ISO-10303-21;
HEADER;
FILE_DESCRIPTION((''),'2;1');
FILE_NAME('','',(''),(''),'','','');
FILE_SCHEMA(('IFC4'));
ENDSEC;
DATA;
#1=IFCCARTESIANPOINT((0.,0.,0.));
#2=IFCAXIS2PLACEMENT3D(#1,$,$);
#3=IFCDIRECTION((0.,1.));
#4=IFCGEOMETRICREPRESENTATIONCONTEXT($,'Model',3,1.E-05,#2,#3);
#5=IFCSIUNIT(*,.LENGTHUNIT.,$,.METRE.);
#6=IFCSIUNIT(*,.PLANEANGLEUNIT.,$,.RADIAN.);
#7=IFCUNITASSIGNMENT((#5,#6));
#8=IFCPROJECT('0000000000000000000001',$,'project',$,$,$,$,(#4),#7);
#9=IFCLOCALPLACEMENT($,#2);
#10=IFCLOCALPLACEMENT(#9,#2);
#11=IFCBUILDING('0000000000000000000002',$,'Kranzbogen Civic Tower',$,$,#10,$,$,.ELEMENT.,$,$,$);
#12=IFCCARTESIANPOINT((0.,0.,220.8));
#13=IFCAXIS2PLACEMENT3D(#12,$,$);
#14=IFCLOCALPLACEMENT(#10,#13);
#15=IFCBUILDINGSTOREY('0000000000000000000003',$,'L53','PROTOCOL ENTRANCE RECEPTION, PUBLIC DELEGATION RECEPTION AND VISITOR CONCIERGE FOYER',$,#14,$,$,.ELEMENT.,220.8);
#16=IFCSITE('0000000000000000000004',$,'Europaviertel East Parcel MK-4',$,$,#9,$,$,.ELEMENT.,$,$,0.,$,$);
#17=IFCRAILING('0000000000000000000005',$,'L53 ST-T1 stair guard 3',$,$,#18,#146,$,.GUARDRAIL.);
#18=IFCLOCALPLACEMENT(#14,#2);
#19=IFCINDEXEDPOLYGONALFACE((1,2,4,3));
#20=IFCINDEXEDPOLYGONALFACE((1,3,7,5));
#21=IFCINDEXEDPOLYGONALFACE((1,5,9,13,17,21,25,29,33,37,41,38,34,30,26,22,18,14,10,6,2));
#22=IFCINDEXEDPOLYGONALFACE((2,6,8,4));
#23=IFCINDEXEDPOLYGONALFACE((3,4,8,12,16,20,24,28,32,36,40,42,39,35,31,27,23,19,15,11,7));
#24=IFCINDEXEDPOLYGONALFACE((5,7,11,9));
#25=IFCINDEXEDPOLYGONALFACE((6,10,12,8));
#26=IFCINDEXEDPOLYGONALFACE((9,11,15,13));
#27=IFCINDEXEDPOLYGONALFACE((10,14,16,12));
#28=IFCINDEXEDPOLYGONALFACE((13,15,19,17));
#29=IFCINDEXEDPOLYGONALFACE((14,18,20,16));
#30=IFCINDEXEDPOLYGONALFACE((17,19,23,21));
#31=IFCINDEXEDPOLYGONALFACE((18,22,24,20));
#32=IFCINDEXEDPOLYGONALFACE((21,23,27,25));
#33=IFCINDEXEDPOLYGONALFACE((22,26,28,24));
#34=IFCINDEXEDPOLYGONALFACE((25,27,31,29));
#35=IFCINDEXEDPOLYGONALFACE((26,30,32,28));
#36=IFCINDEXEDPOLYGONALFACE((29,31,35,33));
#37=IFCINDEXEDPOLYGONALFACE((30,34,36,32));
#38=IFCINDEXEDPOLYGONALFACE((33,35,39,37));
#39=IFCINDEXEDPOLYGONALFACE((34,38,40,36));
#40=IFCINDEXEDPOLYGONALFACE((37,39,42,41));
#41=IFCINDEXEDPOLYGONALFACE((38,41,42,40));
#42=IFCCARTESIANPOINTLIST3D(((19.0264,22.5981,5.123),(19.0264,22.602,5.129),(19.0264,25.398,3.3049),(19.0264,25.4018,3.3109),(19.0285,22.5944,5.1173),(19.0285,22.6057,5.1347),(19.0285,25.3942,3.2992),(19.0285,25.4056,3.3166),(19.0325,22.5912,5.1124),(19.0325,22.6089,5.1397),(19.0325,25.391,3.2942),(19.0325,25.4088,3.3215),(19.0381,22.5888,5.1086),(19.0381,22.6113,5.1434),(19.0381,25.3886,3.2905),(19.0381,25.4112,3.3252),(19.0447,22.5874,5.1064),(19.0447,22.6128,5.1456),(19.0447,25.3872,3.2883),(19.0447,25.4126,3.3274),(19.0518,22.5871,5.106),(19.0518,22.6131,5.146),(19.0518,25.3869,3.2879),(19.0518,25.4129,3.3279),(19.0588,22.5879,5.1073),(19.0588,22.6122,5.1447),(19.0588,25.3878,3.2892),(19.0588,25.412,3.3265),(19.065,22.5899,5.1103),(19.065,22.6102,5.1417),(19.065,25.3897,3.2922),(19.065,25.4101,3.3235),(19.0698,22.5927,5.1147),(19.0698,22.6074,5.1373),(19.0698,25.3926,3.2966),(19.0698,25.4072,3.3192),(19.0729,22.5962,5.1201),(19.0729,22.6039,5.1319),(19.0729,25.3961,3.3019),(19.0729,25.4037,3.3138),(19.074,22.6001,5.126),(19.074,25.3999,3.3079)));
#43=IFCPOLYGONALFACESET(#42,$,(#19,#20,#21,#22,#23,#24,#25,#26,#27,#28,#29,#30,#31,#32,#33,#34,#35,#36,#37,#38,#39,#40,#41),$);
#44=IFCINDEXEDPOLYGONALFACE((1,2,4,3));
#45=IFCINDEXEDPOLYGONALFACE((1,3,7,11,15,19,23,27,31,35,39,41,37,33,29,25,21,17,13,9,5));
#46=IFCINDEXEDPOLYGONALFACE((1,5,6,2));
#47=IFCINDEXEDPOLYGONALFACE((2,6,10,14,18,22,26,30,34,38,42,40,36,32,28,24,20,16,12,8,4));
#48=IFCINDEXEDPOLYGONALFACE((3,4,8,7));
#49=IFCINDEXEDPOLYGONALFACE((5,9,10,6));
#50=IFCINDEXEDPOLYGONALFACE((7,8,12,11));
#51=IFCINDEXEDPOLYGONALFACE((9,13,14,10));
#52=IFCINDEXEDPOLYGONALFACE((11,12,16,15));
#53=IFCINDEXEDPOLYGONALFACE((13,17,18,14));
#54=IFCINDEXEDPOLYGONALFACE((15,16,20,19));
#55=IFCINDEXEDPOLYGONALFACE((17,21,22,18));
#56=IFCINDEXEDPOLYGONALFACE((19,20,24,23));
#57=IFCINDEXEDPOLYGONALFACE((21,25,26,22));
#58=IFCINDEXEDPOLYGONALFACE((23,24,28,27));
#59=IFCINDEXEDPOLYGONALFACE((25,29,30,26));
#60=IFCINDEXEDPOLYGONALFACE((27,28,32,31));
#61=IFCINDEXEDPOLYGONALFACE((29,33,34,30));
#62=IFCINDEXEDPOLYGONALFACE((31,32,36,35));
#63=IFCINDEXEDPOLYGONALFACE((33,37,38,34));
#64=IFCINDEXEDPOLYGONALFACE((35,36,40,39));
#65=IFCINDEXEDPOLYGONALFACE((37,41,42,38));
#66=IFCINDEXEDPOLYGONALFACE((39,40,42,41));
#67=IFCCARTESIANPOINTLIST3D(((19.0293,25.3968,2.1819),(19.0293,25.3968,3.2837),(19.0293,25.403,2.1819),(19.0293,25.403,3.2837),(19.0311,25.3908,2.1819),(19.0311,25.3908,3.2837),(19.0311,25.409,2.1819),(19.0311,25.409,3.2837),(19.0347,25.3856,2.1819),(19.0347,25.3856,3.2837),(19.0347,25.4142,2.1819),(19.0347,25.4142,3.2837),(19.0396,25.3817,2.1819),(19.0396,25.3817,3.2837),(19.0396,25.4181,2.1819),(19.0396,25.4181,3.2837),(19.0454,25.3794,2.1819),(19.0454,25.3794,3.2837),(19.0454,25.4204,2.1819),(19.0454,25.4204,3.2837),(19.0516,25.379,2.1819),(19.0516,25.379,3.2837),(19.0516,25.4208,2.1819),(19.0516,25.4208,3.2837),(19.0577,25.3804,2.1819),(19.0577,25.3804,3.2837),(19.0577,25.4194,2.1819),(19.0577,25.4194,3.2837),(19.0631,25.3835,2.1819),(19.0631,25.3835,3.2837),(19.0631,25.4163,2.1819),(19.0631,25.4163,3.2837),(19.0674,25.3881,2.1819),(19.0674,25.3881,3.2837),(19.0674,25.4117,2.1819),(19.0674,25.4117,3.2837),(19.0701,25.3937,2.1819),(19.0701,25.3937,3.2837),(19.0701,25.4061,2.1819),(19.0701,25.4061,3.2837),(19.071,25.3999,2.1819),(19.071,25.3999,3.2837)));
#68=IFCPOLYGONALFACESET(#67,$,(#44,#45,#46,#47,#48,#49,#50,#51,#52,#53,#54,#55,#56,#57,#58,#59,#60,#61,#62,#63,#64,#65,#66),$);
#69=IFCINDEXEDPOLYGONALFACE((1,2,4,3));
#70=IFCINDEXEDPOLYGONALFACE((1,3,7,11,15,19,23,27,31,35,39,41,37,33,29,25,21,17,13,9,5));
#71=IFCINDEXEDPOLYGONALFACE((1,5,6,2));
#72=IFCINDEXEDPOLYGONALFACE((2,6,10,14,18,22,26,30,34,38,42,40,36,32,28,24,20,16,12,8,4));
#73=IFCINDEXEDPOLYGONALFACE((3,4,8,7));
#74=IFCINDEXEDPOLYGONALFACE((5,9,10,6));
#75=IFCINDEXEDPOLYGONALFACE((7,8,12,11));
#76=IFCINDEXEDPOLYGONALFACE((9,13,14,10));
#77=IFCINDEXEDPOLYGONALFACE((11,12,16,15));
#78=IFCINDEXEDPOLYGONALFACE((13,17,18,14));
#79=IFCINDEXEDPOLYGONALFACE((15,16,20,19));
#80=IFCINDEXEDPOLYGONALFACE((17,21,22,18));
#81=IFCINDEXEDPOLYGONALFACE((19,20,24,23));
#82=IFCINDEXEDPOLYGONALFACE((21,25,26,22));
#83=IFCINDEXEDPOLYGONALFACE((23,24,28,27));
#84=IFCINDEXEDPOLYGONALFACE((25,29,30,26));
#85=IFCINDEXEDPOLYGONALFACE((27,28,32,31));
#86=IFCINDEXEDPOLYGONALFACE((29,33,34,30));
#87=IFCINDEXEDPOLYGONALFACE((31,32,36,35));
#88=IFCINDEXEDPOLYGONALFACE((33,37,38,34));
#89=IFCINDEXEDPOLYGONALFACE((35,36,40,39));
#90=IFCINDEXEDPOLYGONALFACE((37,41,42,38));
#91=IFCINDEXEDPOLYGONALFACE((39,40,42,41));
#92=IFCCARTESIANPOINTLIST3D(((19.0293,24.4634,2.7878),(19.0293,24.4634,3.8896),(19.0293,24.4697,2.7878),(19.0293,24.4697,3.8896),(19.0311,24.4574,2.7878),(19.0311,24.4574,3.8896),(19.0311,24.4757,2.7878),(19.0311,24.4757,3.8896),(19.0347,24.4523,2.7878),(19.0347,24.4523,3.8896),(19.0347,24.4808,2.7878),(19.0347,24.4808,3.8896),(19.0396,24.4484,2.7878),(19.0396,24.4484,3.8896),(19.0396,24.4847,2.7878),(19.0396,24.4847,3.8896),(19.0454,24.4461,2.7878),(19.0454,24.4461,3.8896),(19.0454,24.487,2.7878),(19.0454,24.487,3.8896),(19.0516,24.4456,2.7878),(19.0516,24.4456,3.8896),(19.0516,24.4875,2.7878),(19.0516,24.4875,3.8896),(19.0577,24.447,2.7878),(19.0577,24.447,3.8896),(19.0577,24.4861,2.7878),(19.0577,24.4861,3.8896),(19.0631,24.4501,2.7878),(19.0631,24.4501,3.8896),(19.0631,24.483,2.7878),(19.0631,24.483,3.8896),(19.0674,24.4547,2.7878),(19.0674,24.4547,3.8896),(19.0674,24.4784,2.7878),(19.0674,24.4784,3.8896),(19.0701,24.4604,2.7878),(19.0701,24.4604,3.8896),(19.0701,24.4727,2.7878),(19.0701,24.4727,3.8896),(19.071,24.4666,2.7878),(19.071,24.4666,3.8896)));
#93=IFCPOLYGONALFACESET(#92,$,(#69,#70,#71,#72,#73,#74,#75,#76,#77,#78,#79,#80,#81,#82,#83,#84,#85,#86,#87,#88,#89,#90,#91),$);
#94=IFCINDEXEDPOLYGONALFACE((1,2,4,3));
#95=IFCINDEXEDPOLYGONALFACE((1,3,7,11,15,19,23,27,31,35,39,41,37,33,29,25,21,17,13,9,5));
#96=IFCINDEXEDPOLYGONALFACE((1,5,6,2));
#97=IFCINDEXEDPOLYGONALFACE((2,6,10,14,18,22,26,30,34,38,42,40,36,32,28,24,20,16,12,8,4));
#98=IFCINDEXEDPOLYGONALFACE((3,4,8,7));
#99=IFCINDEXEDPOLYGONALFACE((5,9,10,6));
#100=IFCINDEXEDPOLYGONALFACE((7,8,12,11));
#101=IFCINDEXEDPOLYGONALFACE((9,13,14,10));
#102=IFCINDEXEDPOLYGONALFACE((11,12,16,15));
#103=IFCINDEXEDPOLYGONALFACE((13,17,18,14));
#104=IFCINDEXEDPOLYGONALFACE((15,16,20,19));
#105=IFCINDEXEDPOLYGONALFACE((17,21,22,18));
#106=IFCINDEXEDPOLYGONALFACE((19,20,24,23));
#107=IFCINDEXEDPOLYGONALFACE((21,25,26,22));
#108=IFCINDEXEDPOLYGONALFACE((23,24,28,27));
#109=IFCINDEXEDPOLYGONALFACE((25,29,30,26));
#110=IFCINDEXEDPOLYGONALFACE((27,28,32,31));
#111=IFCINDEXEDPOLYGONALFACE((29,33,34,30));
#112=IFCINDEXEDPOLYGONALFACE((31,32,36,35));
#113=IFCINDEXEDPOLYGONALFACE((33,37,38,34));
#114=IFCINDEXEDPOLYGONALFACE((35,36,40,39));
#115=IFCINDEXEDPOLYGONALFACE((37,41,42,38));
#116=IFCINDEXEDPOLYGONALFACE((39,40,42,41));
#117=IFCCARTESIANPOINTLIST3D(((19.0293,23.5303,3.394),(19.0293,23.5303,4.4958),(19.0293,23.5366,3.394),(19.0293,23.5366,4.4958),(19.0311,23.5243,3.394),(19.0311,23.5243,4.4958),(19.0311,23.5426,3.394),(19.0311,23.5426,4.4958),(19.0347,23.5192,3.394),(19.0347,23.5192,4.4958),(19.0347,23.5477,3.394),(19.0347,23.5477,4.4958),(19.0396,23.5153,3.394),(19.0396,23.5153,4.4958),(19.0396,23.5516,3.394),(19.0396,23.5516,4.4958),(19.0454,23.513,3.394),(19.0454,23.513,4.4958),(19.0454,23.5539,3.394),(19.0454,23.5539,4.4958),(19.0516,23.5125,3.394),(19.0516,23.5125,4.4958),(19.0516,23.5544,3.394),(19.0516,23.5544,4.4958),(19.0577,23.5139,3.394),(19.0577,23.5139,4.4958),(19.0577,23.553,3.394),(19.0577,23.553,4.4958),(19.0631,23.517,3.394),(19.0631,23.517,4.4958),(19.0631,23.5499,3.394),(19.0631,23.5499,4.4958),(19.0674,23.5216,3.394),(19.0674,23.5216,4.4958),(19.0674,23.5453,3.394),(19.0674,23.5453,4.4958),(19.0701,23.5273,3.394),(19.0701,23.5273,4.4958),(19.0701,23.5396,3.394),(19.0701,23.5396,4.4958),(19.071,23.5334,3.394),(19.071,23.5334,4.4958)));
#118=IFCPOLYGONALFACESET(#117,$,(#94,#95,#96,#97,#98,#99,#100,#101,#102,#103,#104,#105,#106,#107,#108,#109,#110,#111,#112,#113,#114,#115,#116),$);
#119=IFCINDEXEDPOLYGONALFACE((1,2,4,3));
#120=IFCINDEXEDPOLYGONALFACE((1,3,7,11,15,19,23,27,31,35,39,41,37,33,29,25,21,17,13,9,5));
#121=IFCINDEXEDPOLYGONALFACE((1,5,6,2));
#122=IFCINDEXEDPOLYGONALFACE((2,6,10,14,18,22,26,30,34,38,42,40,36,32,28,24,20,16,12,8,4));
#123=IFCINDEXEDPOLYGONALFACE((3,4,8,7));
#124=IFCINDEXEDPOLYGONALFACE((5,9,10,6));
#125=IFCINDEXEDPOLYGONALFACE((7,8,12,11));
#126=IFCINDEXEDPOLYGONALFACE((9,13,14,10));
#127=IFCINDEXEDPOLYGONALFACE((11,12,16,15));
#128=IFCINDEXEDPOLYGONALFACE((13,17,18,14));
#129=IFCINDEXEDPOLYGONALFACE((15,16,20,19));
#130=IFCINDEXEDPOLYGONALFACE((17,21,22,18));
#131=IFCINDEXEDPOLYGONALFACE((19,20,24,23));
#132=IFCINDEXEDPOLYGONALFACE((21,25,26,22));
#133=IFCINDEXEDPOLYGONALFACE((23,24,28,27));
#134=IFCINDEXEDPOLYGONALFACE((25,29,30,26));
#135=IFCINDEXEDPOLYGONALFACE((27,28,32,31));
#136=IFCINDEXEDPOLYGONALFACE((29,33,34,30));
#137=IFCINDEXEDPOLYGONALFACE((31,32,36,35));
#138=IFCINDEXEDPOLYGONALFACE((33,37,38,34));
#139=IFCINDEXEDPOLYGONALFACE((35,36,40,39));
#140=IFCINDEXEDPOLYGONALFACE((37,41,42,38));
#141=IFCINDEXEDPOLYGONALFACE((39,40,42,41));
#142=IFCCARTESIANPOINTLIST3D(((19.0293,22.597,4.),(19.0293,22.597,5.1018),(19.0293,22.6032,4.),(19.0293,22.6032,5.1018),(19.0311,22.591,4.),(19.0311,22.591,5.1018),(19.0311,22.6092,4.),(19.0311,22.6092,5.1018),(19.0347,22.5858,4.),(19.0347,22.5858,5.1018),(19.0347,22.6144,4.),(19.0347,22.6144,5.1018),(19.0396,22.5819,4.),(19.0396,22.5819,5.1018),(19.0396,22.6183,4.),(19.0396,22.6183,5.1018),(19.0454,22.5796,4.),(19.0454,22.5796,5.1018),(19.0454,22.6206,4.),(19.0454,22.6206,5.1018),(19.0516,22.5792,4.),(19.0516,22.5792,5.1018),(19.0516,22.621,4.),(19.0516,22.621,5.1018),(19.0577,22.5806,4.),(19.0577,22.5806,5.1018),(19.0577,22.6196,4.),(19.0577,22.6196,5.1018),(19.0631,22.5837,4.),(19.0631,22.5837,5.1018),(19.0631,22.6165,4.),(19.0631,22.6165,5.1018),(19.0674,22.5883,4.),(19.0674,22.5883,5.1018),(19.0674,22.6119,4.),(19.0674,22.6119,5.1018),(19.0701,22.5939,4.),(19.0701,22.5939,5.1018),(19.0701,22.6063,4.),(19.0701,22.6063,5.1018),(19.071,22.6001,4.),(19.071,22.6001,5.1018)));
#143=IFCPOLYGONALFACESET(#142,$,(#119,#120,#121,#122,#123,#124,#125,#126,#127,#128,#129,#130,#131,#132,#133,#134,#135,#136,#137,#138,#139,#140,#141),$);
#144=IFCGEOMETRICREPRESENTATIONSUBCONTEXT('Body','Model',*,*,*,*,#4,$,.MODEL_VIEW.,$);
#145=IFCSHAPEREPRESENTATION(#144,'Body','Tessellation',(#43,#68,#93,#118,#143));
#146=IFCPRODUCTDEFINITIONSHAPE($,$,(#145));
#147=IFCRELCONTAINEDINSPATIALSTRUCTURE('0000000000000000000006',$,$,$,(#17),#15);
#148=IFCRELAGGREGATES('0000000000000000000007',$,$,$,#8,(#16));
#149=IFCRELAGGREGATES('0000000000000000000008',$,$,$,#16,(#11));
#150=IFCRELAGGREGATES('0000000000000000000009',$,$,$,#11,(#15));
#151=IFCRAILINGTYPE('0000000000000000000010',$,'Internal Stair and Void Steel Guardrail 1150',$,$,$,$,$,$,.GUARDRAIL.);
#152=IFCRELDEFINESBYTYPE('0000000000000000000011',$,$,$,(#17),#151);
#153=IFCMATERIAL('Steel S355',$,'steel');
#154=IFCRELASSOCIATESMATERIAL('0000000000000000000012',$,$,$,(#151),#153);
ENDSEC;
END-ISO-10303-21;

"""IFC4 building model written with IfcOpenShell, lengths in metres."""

from ifc_helpers import new_model, si_unit, direction, frame, origin, origin_2d, place, context, subcontext, project, spatial, circle, extrude, material, type_object, element, save


model = new_model("IFC4")

# Units and contexts
model_context = context("Model", 3, precision=1e-05, world=origin(), true_north=direction((0.0, 1.0)))
body_context = subcontext(model_context, "Body", "Model", "MODEL_VIEW")
ifc_project = project(units=[si_unit("LENGTHUNIT", "METRE"), si_unit("PLANEANGLEUNIT", "RADIAN")], contexts=[model_context])

# Site, building, storey
site_placement = place(None, origin())
site = spatial("IfcSite", under=ifc_project, at=site_placement, Name="Europaviertel East Parcel MK-4", CompositionType="ELEMENT", RefElevation=0.0)
building_placement = place(site_placement, origin())
building = spatial("IfcBuilding", under=site, at=building_placement, Name="Kranzbogen Civic Tower", CompositionType="ELEMENT")
storey_placement = place(building_placement, frame((0.0, 0.0, 220.8)))
storey = spatial("IfcBuildingStorey", under=building, at=storey_placement, Name="L53", Description="PROTOCOL ENTRANCE RECEPTION, PUBLIC DELEGATION RECEPTION AND VISITOR CONCIERGE FOYER", CompositionType="ELEMENT", Elevation=220.8)

# Shared definitions
ifc_material_1 = material(Name="Steel S355", Category="steel")

# Railing
railing_type_1 = type_object("IfcRailingType", Name="Internal Stair and Void Steel Guardrail 1150", PredefinedType="GUARDRAIL", material=ifc_material_1)
railing_1_placement = place(storey_placement, frame((19.05, 25.3999, 2.1819)))
element("IfcRailing", 1, at=railing_1_placement, inside=storey, type_object=railing_type_1, Name="L53 ST-T1 stair guard 3", PredefinedType="GUARDRAIL", context=body_context, shape_type="SweptSolid", body=[
    extrude(circle(Radius=0.0239, at=origin_2d()), frame((0.0, 0.0, 1.126), z_axis=(0.0, -0.838684, 0.544618), x_axis=(1.0, 0.0, 0.0)), (0.0, 0.0, 1.0), 3.3384),
    extrude(circle(Radius=0.021, at=origin_2d()), origin(), (0.0, 0.0, 1.0), 1.1018),
    extrude(circle(Radius=0.021, at=origin_2d()), frame((0.0, -0.9333, 0.606)), (0.0, 0.0, 1.0), 1.1018),
    extrude(circle(Radius=0.021, at=origin_2d()), frame((0.0, -1.8665, 1.2122)), (0.0, 0.0, 1.0), 1.1018),
    extrude(circle(Radius=0.021, at=origin_2d()), frame((0.0, -2.7998, 1.8181)), (0.0, 0.0, 1.0), 1.1018),
])

save(model, "model.ifc")
